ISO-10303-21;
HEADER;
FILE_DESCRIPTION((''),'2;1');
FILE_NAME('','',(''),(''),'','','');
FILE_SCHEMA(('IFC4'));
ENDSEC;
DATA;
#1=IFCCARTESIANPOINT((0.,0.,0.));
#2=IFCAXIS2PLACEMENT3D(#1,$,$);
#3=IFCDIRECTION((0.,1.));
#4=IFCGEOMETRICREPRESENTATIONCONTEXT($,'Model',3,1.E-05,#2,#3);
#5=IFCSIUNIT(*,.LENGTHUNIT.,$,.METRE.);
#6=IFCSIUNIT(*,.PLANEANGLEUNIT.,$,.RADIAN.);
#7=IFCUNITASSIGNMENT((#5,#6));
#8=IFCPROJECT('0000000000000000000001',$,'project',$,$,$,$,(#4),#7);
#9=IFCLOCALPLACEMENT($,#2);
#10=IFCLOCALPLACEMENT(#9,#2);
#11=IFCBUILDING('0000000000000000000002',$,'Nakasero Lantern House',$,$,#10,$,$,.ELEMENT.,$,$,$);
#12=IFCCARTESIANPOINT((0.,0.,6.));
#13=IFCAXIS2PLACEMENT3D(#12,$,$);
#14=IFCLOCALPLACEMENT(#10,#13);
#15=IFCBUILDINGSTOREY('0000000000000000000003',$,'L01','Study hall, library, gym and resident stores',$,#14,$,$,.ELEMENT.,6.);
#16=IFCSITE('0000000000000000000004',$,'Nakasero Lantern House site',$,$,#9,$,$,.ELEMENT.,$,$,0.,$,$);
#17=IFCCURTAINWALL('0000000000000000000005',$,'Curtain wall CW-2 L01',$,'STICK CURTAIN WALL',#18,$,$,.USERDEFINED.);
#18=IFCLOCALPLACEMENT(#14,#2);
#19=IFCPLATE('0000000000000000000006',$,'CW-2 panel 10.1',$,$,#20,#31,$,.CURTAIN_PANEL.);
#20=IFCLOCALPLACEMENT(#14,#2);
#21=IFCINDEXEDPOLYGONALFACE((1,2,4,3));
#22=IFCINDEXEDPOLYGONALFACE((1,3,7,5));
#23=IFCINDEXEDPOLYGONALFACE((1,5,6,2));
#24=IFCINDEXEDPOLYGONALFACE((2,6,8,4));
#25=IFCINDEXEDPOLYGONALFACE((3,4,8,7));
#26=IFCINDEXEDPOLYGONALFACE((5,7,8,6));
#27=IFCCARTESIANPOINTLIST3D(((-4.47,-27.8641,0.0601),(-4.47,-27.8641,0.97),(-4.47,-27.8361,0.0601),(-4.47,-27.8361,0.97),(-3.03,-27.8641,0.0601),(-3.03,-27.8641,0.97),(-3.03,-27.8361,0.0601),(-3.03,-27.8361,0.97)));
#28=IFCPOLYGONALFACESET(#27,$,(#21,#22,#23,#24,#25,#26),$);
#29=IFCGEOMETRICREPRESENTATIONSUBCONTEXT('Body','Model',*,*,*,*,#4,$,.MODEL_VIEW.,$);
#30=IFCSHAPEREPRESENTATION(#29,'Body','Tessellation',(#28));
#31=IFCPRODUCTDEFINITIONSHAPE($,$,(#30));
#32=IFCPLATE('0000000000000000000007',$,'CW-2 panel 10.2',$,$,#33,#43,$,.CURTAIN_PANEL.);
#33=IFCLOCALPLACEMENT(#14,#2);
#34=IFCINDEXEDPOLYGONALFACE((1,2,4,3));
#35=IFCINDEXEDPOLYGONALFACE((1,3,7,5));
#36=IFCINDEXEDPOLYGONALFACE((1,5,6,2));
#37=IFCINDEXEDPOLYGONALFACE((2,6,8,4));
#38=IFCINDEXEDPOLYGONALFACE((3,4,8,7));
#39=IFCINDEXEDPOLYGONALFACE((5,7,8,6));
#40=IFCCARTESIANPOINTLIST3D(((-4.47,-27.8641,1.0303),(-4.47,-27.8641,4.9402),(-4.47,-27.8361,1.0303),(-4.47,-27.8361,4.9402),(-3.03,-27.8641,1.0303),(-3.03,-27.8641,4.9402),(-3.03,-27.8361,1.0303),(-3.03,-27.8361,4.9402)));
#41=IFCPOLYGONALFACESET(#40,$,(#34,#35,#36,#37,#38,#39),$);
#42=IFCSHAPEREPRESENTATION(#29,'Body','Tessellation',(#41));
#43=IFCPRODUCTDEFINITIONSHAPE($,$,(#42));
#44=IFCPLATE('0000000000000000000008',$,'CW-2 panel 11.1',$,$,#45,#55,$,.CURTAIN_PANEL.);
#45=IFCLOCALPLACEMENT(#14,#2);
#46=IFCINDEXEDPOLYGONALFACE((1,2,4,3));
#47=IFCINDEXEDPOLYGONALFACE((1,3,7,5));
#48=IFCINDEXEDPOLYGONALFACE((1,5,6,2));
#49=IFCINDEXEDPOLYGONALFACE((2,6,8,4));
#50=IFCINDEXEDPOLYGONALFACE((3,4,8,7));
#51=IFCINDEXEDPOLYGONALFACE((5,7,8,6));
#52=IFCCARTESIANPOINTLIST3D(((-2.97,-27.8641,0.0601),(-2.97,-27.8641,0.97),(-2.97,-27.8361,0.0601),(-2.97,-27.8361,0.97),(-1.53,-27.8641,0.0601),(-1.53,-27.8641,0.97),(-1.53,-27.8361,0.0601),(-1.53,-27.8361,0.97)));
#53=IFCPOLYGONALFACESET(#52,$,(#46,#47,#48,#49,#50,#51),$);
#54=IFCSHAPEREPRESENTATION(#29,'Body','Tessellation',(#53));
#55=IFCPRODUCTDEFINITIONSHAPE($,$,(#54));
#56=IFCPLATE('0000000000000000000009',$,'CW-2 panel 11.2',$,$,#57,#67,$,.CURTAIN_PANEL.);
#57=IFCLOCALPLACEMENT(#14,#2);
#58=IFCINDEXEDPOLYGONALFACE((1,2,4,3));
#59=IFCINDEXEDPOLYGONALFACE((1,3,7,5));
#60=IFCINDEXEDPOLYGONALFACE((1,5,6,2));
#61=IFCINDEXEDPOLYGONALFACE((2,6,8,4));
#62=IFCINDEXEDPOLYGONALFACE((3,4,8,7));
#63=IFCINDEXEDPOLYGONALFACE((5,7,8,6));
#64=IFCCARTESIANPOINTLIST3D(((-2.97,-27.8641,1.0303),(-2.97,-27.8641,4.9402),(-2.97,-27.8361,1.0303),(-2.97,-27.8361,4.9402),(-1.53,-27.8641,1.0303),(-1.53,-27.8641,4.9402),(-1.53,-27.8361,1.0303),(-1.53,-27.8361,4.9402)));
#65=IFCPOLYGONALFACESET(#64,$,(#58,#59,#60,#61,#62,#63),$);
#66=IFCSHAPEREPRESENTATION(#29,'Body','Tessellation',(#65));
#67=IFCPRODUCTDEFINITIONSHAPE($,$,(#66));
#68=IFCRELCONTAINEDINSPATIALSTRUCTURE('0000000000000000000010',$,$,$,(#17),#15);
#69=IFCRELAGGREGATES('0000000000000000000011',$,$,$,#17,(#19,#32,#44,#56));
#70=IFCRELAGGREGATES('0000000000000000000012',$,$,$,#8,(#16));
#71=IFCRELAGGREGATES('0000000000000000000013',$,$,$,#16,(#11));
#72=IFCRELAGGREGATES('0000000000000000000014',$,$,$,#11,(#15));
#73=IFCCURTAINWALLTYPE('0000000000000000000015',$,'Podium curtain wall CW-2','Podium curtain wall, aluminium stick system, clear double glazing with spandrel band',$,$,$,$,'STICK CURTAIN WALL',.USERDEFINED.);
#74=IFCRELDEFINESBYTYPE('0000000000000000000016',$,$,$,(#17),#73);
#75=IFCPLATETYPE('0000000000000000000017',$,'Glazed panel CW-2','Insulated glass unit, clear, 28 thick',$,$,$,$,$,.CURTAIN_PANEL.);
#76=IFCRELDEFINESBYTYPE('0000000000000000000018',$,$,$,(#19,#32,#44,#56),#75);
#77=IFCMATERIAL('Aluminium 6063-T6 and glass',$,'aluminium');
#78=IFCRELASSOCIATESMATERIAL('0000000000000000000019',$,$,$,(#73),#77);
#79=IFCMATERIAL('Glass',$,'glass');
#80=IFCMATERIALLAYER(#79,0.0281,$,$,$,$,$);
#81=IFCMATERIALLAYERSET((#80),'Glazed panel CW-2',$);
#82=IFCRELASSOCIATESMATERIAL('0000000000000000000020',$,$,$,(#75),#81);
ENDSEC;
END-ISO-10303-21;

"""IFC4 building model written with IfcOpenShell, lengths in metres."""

from ifc_helpers import new_model, si_unit, direction, frame, origin, origin_2d, place, context, subcontext, project, spatial, rectangle, extrude, material, layer, layer_set, type_object, element, aggregate, save


model = new_model("IFC4")

# Units and contexts
model_context = context("Model", 3, precision=1e-05, world=origin(), true_north=direction((0.0, 1.0)))
body_context = subcontext(model_context, "Body", "Model", "MODEL_VIEW")
ifc_project = project(units=[si_unit("LENGTHUNIT", "METRE"), si_unit("PLANEANGLEUNIT", "RADIAN")], contexts=[model_context])

# Site, building, storey
site_placement = place(None, origin())
site = spatial("IfcSite", under=ifc_project, at=site_placement, Name="Nakasero Lantern House site", CompositionType="ELEMENT", RefElevation=0.0)
building_placement = place(site_placement, origin())
building = spatial("IfcBuilding", under=site, at=building_placement, Name="Nakasero Lantern House", CompositionType="ELEMENT")
storey_placement = place(building_placement, frame((0.0, 0.0, 6.0)))
storey = spatial("IfcBuildingStorey", under=building, at=storey_placement, Name="L01", Description="Study hall, library, gym and resident stores", CompositionType="ELEMENT", Elevation=6.0)

# Curtain wall, plates
ifc_material_1 = material(Name="Aluminium 6063-T6 and glass", Category="aluminium")
curtain_wall_type = type_object("IfcCurtainWallType", Name="Podium curtain wall CW-2", Description="Podium curtain wall, aluminium stick system, clear double glazing with spandrel band", ElementType="STICK CURTAIN WALL", PredefinedType="USERDEFINED", material=ifc_material_1)
curtain_wall_placement = place(storey_placement, origin())
curtain_wall = element("IfcCurtainWall", 1, at=curtain_wall_placement, inside=storey, type_object=curtain_wall_type, Name="Curtain wall CW-2 L01", ObjectType="STICK CURTAIN WALL", PredefinedType="USERDEFINED")
ifc_material_2 = material(Name="Glass", Category="glass")
ifc_layer = layer(ifc_material_2, 0.0281)
ifc_layer_set = layer_set([ifc_layer], Name="Glazed panel CW-2")
plate_type = type_object("IfcPlateType", Name="Glazed panel CW-2", Description="Insulated glass unit, clear, 28 thick", PredefinedType="CURTAIN_PANEL", material=ifc_layer_set)
plate_1_placement = place(storey_placement, frame((-3.75, -27.8501, 0.0601), z_axis=(0.0, 0.0, 1.0), x_axis=(1.0, 0.0, 0.0)))
plate_1 = element("IfcPlate", 2, at=plate_1_placement, type_object=plate_type, Name="CW-2 panel 10.1", PredefinedType="CURTAIN_PANEL", context=body_context, shape_type="SweptSolid", body=[
    extrude(rectangle(XDim=1.4399, YDim=0.0281, at=origin_2d()), origin(), (0.0, 0.0, 1.0), 0.9099),
])
plate_2_placement = place(storey_placement, frame((-3.75, -27.8501, 1.0303), z_axis=(0.0, 0.0, 1.0), x_axis=(1.0, 0.0, 0.0)))
plate_2 = element("IfcPlate", 3, at=plate_2_placement, type_object=plate_type, Name="CW-2 panel 10.2", PredefinedType="CURTAIN_PANEL", context=body_context, shape_type="SweptSolid", body=[
    extrude(rectangle(XDim=1.4399, YDim=0.0281, at=origin_2d()), origin(), (0.0, 0.0, 1.0), 3.9099),
])
plate_3_placement = place(storey_placement, frame((-2.25, -27.8501, 0.0601), z_axis=(0.0, 0.0, 1.0), x_axis=(1.0, 0.0, 0.0)))
plate_3 = element("IfcPlate", 4, at=plate_3_placement, type_object=plate_type, Name="CW-2 panel 11.1", PredefinedType="CURTAIN_PANEL", context=body_context, shape_type="SweptSolid", body=[
    extrude(rectangle(XDim=1.4399, YDim=0.0281, at=origin_2d()), origin(), (0.0, 0.0, 1.0), 0.9099),
])
plate_4_placement = place(storey_placement, frame((-2.25, -27.8501, 1.0303), z_axis=(0.0, 0.0, 1.0), x_axis=(1.0, 0.0, 0.0)))
plate_4 = element("IfcPlate", 5, at=plate_4_placement, type_object=plate_type, Name="CW-2 panel 11.2", PredefinedType="CURTAIN_PANEL", context=body_context, shape_type="SweptSolid", body=[
    extrude(rectangle(XDim=1.4399, YDim=0.0281, at=origin_2d()), origin(), (0.0, 0.0, 1.0), 3.9099),
])
aggregate(curtain_wall, [plate_1, plate_2, plate_3, plate_4])

save(model, "model.ifc")
